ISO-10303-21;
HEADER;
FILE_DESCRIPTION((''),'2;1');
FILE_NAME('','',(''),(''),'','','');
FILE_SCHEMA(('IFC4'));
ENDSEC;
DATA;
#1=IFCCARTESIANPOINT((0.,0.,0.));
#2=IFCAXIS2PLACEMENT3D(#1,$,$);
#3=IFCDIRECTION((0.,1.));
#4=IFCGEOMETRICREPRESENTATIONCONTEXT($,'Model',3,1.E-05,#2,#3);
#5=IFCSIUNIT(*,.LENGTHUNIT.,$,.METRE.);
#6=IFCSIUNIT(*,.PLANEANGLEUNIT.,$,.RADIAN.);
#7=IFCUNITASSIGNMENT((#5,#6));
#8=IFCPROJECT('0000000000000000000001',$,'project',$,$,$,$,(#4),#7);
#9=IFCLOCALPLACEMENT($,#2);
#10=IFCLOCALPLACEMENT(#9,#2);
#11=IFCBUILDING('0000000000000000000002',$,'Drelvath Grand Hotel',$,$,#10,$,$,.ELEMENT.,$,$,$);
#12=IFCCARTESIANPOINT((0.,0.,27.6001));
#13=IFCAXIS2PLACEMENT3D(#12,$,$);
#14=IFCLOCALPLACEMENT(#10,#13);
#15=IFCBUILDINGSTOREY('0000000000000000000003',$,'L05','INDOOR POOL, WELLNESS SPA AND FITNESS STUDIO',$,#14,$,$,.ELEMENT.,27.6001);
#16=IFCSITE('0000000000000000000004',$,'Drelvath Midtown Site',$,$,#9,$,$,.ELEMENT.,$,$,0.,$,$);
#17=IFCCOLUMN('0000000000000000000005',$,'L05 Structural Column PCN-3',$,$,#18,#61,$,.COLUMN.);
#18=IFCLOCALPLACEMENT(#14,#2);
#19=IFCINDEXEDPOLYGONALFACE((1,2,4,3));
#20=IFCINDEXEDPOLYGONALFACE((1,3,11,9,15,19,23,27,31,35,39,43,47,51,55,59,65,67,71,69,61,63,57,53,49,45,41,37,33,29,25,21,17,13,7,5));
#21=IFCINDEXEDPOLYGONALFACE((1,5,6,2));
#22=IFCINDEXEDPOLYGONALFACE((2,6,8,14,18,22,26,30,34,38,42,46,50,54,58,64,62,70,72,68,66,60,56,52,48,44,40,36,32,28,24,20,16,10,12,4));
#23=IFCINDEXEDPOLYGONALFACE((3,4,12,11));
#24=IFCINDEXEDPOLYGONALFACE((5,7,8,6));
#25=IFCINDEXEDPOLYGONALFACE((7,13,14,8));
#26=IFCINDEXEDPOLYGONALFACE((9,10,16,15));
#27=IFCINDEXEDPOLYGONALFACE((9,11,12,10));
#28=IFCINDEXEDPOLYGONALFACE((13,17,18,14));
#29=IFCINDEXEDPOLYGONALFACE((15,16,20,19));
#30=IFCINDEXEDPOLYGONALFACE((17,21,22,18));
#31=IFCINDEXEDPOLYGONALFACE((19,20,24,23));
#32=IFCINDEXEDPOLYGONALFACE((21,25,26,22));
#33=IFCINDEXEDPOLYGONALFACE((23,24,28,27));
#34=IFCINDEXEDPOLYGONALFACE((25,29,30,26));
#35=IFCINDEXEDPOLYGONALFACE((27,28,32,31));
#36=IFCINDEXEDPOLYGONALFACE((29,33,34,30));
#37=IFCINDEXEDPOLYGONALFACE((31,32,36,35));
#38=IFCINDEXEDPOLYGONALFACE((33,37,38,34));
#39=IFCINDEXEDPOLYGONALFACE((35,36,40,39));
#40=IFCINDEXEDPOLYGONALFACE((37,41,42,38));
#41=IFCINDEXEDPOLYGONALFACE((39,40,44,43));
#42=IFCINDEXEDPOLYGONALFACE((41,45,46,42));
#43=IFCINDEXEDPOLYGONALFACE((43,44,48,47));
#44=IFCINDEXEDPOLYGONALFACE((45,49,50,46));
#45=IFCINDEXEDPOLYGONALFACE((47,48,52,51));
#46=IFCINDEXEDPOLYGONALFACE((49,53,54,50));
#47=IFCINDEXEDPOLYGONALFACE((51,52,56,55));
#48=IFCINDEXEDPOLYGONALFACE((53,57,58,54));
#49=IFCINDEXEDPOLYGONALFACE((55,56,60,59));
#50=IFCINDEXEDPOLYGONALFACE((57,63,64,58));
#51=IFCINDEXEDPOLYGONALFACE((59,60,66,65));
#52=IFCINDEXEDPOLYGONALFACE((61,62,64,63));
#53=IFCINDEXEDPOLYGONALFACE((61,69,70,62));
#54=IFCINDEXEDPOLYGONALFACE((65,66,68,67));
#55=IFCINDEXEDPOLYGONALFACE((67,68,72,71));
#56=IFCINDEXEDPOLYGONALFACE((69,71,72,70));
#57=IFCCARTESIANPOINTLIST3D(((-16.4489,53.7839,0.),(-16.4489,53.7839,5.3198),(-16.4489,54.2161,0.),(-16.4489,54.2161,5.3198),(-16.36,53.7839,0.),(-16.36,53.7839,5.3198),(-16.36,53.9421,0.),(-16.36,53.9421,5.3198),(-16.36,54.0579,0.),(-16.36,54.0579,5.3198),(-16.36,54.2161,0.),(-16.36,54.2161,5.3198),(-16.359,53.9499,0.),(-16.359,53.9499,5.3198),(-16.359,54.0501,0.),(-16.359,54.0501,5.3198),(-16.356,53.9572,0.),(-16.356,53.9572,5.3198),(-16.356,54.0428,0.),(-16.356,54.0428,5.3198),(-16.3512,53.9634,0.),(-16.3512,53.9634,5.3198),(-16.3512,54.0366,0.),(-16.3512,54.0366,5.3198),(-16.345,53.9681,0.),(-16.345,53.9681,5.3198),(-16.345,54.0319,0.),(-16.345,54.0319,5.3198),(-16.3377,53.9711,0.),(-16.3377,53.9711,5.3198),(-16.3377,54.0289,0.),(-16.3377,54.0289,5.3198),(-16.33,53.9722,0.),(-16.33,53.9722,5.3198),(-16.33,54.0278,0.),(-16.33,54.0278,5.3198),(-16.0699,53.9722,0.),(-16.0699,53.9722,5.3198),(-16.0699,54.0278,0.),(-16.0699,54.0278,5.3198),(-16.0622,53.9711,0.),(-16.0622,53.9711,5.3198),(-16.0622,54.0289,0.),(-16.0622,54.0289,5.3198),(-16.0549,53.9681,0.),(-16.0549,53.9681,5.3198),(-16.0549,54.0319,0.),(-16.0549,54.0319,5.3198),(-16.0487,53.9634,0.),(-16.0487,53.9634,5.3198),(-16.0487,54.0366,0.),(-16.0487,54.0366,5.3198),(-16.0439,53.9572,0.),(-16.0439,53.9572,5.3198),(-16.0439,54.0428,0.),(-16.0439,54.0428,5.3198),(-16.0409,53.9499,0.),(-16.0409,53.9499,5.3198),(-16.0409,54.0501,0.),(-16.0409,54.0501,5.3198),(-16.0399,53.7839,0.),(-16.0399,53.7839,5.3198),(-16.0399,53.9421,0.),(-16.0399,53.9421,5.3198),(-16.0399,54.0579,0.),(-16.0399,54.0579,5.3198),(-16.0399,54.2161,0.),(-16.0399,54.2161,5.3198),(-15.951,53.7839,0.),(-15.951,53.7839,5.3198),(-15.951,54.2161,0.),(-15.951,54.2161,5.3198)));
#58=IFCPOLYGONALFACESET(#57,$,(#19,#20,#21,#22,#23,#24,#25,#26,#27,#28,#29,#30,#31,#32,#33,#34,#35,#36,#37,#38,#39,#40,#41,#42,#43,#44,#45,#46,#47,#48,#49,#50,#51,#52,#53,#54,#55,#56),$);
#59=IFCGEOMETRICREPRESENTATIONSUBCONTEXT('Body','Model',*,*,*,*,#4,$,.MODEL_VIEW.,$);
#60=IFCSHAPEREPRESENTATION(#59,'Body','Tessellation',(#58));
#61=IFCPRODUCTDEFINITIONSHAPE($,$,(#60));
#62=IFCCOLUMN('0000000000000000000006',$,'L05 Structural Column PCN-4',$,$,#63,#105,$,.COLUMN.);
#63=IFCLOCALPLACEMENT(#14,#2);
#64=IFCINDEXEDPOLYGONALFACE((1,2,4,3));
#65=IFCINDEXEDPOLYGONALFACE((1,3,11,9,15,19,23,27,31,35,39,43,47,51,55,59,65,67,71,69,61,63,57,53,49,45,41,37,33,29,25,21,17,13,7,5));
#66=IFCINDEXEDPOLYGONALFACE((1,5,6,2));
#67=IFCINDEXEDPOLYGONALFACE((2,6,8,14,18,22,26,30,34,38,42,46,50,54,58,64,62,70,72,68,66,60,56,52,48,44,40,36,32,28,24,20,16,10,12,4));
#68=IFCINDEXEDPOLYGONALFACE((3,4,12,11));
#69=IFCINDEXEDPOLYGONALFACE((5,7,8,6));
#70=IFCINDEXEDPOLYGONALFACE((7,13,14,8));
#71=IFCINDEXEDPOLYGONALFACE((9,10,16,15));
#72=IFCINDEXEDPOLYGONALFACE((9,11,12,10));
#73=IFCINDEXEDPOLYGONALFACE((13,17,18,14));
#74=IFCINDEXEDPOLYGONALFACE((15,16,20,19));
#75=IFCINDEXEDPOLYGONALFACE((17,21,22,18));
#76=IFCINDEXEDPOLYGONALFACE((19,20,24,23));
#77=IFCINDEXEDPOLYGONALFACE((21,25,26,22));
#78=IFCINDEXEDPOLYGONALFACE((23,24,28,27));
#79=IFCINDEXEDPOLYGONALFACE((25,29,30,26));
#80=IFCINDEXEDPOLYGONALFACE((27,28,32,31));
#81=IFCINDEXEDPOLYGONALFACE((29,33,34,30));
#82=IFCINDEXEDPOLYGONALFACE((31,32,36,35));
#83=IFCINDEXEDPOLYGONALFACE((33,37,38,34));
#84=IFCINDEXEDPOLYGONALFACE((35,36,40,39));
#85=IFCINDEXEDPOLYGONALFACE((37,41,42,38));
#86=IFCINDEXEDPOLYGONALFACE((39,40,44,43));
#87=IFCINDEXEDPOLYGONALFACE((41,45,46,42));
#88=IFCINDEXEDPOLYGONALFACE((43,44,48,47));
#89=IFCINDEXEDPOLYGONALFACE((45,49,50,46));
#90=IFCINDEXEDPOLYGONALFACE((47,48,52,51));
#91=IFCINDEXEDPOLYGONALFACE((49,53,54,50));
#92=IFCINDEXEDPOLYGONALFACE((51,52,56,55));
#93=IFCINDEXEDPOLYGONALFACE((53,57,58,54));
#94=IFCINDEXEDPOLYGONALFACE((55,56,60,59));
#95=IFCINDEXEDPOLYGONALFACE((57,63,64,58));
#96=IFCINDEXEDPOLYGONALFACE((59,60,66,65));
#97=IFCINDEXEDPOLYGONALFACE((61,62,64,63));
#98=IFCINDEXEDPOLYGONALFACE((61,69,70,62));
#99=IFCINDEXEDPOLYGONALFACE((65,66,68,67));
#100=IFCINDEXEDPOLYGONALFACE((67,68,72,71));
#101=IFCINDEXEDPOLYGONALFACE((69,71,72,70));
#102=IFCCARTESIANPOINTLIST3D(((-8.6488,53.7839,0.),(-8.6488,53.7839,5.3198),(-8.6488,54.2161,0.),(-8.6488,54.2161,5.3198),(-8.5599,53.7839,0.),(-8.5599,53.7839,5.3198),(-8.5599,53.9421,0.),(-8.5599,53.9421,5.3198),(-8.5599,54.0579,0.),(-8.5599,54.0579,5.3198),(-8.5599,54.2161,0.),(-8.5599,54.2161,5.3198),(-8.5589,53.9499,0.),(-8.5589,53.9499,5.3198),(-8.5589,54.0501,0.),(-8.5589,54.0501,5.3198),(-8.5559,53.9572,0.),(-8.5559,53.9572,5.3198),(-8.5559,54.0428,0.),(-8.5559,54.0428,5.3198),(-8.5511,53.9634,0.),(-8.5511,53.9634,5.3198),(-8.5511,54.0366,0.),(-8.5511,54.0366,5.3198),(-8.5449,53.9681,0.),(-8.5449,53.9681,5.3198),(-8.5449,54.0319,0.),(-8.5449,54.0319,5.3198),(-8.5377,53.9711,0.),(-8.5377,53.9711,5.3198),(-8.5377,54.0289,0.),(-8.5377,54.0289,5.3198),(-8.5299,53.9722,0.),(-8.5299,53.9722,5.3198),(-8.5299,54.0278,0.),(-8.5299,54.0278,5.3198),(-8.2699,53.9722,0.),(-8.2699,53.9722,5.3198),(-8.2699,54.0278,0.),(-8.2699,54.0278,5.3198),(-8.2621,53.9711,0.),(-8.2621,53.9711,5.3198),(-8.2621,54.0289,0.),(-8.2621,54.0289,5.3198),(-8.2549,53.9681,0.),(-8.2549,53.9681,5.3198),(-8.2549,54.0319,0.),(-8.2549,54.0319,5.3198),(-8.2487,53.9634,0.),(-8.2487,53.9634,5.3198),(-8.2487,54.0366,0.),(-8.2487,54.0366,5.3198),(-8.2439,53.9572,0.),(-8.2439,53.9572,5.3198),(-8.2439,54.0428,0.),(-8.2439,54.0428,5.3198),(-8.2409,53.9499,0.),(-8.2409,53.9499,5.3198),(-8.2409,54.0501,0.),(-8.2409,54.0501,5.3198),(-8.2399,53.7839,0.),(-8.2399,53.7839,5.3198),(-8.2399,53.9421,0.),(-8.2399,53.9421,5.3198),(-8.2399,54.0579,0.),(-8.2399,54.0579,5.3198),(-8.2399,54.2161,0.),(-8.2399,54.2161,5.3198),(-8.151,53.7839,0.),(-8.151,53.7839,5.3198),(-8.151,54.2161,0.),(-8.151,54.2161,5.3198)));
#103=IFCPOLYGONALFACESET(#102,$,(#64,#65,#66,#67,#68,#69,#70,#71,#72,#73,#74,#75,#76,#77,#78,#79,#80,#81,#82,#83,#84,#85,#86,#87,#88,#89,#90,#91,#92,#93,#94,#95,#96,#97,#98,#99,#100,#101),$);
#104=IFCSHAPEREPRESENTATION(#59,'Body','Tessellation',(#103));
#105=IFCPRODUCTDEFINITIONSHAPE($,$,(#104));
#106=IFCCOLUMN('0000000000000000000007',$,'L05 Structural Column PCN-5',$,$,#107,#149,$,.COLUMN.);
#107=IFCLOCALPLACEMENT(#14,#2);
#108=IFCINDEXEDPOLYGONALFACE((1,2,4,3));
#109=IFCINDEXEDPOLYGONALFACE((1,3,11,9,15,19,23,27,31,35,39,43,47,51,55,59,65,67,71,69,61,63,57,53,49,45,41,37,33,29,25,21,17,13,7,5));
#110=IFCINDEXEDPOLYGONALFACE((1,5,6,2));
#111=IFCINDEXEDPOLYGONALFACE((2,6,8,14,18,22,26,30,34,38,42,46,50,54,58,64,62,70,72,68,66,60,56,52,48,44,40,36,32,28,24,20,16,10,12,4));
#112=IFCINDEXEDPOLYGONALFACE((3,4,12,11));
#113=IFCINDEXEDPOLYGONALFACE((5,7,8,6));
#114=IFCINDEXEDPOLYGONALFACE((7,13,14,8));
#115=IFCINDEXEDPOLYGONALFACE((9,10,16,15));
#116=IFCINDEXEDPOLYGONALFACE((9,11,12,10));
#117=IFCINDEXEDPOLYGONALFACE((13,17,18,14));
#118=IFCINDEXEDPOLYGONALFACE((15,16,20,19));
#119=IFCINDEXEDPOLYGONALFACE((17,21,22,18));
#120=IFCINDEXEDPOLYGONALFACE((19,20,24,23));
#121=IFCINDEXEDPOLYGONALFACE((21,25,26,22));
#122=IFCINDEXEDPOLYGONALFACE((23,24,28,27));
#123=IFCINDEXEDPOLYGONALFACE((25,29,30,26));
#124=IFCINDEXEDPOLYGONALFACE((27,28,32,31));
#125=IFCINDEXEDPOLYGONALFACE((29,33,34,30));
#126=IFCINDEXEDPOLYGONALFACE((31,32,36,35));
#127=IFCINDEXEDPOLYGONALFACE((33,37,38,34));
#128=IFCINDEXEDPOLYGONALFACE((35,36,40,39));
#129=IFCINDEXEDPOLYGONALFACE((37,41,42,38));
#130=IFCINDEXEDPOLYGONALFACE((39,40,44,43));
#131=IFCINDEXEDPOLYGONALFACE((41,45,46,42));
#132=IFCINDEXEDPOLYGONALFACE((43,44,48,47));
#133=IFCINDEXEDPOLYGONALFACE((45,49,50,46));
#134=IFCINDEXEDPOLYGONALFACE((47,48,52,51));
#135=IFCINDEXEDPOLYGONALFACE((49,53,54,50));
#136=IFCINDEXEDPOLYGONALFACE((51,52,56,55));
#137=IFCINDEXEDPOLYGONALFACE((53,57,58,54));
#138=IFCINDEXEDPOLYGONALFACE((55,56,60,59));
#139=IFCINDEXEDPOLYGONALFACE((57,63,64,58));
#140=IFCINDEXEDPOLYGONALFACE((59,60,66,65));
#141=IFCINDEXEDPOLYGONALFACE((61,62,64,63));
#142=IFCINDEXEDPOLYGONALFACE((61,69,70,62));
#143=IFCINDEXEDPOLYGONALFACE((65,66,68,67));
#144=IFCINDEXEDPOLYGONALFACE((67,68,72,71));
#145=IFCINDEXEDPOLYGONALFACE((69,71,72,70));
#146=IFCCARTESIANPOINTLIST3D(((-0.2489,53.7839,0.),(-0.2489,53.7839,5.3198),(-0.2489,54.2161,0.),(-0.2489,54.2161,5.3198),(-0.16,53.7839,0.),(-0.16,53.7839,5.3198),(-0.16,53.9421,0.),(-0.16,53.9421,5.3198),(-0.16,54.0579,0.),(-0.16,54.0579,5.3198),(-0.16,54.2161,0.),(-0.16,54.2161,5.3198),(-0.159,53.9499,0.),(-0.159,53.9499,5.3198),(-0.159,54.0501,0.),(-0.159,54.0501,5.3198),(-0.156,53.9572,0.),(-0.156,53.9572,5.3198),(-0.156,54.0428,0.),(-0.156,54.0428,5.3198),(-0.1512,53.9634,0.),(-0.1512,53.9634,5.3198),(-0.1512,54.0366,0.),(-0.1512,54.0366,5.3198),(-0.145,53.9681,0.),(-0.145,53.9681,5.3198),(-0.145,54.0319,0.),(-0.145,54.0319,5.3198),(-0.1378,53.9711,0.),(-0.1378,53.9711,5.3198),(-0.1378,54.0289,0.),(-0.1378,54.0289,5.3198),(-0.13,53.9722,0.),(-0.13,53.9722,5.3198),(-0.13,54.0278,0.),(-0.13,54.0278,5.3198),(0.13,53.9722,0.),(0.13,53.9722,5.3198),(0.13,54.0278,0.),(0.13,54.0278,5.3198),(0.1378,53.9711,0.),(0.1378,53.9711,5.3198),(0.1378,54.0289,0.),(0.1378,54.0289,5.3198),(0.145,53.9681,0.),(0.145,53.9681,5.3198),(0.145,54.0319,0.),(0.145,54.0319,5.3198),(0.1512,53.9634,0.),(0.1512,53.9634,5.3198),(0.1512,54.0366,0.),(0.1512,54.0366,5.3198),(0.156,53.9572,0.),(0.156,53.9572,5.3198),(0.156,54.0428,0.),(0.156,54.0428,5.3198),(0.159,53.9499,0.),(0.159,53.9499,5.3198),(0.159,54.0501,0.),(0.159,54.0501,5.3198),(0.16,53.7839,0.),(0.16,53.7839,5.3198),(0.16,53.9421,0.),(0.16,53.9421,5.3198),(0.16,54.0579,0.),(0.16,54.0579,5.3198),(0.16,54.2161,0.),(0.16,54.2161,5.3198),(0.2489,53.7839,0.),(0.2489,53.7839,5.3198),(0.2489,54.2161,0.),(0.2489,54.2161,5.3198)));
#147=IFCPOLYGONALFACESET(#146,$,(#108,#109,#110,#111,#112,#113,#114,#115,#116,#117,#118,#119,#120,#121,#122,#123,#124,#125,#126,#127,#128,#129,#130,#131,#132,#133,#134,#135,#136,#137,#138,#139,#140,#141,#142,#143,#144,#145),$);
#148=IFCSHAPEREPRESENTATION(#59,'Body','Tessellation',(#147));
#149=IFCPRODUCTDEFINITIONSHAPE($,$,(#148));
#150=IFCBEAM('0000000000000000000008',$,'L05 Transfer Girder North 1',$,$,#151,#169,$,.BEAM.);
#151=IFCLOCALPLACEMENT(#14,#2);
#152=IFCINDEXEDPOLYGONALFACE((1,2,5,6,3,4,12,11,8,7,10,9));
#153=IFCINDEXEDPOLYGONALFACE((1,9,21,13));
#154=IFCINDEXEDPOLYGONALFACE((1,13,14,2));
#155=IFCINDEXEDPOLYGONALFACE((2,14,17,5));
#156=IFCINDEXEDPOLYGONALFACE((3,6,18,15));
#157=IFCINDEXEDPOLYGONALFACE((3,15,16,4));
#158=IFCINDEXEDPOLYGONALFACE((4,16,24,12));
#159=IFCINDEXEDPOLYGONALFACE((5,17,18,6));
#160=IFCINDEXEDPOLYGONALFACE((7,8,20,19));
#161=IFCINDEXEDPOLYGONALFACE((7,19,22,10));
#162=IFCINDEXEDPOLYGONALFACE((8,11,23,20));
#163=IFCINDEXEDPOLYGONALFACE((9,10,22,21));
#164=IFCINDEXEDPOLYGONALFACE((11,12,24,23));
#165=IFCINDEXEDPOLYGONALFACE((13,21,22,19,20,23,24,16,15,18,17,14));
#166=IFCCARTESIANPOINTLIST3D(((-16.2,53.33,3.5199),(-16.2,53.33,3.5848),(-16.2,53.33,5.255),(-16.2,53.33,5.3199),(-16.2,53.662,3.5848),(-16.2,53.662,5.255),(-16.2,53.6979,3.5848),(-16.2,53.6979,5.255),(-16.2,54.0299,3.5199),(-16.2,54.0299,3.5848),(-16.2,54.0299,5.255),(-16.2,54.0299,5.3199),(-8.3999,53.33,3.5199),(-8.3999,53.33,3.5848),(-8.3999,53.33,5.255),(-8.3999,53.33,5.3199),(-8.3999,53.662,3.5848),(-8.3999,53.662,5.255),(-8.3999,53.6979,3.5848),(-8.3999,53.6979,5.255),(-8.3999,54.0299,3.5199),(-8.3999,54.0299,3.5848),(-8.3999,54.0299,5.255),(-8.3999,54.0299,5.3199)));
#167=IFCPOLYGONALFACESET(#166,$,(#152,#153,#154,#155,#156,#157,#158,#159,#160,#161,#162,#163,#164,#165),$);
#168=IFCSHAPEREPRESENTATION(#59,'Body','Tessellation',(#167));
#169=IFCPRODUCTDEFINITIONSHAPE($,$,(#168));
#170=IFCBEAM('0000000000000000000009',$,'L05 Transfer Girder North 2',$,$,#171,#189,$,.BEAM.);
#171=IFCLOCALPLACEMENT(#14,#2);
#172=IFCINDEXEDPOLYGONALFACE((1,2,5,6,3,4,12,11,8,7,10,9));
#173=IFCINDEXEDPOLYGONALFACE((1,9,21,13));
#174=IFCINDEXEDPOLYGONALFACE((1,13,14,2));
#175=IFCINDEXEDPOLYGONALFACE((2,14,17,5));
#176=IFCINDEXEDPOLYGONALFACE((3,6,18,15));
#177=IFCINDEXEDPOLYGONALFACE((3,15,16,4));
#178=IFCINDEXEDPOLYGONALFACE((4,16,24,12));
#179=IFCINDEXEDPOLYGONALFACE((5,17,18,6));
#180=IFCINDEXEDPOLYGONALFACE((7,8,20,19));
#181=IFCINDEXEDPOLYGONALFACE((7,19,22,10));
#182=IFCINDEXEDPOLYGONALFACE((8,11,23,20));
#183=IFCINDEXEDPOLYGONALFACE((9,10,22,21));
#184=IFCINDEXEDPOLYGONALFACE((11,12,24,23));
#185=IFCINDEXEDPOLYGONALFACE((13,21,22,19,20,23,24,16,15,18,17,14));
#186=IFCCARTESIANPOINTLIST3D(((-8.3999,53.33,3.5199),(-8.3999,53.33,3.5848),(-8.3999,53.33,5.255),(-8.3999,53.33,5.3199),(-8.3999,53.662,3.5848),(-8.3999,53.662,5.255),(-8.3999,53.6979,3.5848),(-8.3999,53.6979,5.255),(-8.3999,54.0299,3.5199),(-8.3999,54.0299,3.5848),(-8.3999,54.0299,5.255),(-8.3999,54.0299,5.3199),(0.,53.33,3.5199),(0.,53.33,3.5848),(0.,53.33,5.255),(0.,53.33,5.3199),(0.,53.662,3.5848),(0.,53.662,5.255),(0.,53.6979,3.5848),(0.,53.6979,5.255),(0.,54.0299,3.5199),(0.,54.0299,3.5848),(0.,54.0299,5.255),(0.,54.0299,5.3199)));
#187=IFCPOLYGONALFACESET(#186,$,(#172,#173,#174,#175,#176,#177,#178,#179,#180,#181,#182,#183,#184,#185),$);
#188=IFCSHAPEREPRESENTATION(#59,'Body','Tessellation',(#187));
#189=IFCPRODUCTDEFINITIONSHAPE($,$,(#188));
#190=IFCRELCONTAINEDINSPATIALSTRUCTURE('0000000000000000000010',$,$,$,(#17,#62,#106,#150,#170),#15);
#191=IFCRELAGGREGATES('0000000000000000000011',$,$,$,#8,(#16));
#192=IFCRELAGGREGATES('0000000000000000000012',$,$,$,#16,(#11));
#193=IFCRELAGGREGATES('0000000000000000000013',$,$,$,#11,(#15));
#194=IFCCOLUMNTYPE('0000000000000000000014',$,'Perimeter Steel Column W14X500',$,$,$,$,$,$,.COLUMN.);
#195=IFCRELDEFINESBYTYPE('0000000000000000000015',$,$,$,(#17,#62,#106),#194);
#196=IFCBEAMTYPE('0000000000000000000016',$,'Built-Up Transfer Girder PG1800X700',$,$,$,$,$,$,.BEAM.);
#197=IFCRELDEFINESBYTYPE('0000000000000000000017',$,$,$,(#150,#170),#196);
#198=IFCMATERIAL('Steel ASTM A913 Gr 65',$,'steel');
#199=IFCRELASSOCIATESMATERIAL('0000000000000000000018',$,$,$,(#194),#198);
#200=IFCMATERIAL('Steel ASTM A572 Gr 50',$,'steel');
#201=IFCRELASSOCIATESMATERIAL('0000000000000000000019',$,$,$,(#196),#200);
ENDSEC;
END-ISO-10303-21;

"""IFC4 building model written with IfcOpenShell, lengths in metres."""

from ifc_helpers import new_model, si_unit, direction, frame, origin, origin_2d, place, context, subcontext, project, spatial, i_section, extrude, material, material_profile, profile_set, type_object, element, save


model = new_model("IFC4")

# Units and contexts
model_context = context("Model", 3, precision=1e-05, world=origin(), true_north=direction((0.0, 1.0)))
body_context = subcontext(model_context, "Body", "Model", "MODEL_VIEW")
ifc_project = project(units=[si_unit("LENGTHUNIT", "METRE"), si_unit("PLANEANGLEUNIT", "RADIAN")], contexts=[model_context])

# Site, building, storey
site_placement = place(None, origin())
site = spatial("IfcSite", under=ifc_project, at=site_placement, Name="Drelvath Midtown Site", CompositionType="ELEMENT", RefElevation=0.0)
building_placement = place(site_placement, origin())
building = spatial("IfcBuilding", under=site, at=building_placement, Name="Drelvath Grand Hotel", CompositionType="ELEMENT")
storey_placement = place(building_placement, frame((0.0, 0.0, 27.6001)))
storey = spatial("IfcBuildingStorey", under=building, at=storey_placement, Name="L05", Description="INDOOR POOL, WELLNESS SPA AND FITNESS STUDIO", CompositionType="ELEMENT", Elevation=27.6001)

# Columns
ifc_material_1 = material(Name="Steel ASTM A913 Gr 65", Category="steel")
ifc_material_profile_1 = material_profile(ifc_material_1, i_section(OverallWidth=0.4321, OverallDepth=0.4978, WebThickness=0.0557, FlangeThickness=0.0889, FilletRadius=0.03, at=origin_2d()), Name="W14X500")
ifc_profile_set_1 = profile_set([ifc_material_profile_1], Name="Steel ASTM A913 Gr 65")
column_type = type_object("IfcColumnType", Name="Perimeter Steel Column W14X500", PredefinedType="COLUMN", material=ifc_profile_set_1)
for number, where, z_axis, x_axis, name in (
    (1, (-16.2, 54.0, 0.0), (0.0, 0.0, 1.0), (0.0, 1.0, 0.0), "L05 Structural Column PCN-3"),
    (2, (-8.3999, 54.0, 0.0), (0.0, 0.0, 1.0), (0.0, 1.0, 0.0), "L05 Structural Column PCN-4"),
    (3, (0.0, 54.0, 0.0), (0.0, 0.0, 1.0), (0.0, 1.0, 0.0), "L05 Structural Column PCN-5"),
):
    element("IfcColumn", number, at=place(storey_placement, frame(where, z_axis=z_axis, x_axis=x_axis)), inside=storey, type_object=column_type, Name=name, PredefinedType="COLUMN", context=body_context, shape_type="SweptSolid", body=[
        extrude(i_section(OverallWidth=0.4321, OverallDepth=0.4978, WebThickness=0.0557, FlangeThickness=0.0889, FilletRadius=0.03, at=origin_2d()), origin(), (0.0, 0.0, 1.0), 5.3198),
    ])

# Beams
ifc_material_2 = material(Name="Steel ASTM A572 Gr 50", Category="steel")
ifc_material_profile_2 = material_profile(ifc_material_2, i_section(OverallWidth=0.7, OverallDepth=1.8, WebThickness=0.0359, FlangeThickness=0.0649, at=origin_2d()), Name="PG1800X700")
ifc_profile_set_2 = profile_set([ifc_material_profile_2], Name="Steel ASTM A572 Gr 50")
beam_type_1 = type_object("IfcBeamType", Name="Built-Up Transfer Girder PG1800X700", PredefinedType="BEAM", material=ifc_profile_set_2)
beam_1_placement = place(storey_placement, frame((-16.2, 53.6799, 4.4199), z_axis=(1.0, 0.0, 0.0), x_axis=(0.0, 1.0, 0.0)))
element("IfcBeam", 4, at=beam_1_placement, inside=storey, type_object=beam_type_1, Name="L05 Transfer Girder North 1", PredefinedType="BEAM", context=body_context, shape_type="SweptSolid", body=[
    extrude(i_section(OverallWidth=0.7, OverallDepth=1.8, WebThickness=0.0359, FlangeThickness=0.0649, at=origin_2d()), origin(), (0.0, 0.0, 1.0), 7.8),
])
for number, where, z_axis, x_axis, name in (
    (5, (-8.3999, 53.6799, 4.4199), (1.0, 0.0, 0.0), (0.0, 1.0, 0.0), "L05 Transfer Girder North 2"),
):
    element("IfcBeam", number, at=place(storey_placement, frame(where, z_axis=z_axis, x_axis=x_axis)), inside=storey, type_object=beam_type_1, Name=name, PredefinedType="BEAM", context=body_context, shape_type="SweptSolid", body=[
        extrude(i_section(OverallWidth=0.7, OverallDepth=1.8, WebThickness=0.0359, FlangeThickness=0.0649, at=origin_2d()), origin(), (0.0, 0.0, 1.0), 8.3999),
    ])

save(model, "model.ifc")
